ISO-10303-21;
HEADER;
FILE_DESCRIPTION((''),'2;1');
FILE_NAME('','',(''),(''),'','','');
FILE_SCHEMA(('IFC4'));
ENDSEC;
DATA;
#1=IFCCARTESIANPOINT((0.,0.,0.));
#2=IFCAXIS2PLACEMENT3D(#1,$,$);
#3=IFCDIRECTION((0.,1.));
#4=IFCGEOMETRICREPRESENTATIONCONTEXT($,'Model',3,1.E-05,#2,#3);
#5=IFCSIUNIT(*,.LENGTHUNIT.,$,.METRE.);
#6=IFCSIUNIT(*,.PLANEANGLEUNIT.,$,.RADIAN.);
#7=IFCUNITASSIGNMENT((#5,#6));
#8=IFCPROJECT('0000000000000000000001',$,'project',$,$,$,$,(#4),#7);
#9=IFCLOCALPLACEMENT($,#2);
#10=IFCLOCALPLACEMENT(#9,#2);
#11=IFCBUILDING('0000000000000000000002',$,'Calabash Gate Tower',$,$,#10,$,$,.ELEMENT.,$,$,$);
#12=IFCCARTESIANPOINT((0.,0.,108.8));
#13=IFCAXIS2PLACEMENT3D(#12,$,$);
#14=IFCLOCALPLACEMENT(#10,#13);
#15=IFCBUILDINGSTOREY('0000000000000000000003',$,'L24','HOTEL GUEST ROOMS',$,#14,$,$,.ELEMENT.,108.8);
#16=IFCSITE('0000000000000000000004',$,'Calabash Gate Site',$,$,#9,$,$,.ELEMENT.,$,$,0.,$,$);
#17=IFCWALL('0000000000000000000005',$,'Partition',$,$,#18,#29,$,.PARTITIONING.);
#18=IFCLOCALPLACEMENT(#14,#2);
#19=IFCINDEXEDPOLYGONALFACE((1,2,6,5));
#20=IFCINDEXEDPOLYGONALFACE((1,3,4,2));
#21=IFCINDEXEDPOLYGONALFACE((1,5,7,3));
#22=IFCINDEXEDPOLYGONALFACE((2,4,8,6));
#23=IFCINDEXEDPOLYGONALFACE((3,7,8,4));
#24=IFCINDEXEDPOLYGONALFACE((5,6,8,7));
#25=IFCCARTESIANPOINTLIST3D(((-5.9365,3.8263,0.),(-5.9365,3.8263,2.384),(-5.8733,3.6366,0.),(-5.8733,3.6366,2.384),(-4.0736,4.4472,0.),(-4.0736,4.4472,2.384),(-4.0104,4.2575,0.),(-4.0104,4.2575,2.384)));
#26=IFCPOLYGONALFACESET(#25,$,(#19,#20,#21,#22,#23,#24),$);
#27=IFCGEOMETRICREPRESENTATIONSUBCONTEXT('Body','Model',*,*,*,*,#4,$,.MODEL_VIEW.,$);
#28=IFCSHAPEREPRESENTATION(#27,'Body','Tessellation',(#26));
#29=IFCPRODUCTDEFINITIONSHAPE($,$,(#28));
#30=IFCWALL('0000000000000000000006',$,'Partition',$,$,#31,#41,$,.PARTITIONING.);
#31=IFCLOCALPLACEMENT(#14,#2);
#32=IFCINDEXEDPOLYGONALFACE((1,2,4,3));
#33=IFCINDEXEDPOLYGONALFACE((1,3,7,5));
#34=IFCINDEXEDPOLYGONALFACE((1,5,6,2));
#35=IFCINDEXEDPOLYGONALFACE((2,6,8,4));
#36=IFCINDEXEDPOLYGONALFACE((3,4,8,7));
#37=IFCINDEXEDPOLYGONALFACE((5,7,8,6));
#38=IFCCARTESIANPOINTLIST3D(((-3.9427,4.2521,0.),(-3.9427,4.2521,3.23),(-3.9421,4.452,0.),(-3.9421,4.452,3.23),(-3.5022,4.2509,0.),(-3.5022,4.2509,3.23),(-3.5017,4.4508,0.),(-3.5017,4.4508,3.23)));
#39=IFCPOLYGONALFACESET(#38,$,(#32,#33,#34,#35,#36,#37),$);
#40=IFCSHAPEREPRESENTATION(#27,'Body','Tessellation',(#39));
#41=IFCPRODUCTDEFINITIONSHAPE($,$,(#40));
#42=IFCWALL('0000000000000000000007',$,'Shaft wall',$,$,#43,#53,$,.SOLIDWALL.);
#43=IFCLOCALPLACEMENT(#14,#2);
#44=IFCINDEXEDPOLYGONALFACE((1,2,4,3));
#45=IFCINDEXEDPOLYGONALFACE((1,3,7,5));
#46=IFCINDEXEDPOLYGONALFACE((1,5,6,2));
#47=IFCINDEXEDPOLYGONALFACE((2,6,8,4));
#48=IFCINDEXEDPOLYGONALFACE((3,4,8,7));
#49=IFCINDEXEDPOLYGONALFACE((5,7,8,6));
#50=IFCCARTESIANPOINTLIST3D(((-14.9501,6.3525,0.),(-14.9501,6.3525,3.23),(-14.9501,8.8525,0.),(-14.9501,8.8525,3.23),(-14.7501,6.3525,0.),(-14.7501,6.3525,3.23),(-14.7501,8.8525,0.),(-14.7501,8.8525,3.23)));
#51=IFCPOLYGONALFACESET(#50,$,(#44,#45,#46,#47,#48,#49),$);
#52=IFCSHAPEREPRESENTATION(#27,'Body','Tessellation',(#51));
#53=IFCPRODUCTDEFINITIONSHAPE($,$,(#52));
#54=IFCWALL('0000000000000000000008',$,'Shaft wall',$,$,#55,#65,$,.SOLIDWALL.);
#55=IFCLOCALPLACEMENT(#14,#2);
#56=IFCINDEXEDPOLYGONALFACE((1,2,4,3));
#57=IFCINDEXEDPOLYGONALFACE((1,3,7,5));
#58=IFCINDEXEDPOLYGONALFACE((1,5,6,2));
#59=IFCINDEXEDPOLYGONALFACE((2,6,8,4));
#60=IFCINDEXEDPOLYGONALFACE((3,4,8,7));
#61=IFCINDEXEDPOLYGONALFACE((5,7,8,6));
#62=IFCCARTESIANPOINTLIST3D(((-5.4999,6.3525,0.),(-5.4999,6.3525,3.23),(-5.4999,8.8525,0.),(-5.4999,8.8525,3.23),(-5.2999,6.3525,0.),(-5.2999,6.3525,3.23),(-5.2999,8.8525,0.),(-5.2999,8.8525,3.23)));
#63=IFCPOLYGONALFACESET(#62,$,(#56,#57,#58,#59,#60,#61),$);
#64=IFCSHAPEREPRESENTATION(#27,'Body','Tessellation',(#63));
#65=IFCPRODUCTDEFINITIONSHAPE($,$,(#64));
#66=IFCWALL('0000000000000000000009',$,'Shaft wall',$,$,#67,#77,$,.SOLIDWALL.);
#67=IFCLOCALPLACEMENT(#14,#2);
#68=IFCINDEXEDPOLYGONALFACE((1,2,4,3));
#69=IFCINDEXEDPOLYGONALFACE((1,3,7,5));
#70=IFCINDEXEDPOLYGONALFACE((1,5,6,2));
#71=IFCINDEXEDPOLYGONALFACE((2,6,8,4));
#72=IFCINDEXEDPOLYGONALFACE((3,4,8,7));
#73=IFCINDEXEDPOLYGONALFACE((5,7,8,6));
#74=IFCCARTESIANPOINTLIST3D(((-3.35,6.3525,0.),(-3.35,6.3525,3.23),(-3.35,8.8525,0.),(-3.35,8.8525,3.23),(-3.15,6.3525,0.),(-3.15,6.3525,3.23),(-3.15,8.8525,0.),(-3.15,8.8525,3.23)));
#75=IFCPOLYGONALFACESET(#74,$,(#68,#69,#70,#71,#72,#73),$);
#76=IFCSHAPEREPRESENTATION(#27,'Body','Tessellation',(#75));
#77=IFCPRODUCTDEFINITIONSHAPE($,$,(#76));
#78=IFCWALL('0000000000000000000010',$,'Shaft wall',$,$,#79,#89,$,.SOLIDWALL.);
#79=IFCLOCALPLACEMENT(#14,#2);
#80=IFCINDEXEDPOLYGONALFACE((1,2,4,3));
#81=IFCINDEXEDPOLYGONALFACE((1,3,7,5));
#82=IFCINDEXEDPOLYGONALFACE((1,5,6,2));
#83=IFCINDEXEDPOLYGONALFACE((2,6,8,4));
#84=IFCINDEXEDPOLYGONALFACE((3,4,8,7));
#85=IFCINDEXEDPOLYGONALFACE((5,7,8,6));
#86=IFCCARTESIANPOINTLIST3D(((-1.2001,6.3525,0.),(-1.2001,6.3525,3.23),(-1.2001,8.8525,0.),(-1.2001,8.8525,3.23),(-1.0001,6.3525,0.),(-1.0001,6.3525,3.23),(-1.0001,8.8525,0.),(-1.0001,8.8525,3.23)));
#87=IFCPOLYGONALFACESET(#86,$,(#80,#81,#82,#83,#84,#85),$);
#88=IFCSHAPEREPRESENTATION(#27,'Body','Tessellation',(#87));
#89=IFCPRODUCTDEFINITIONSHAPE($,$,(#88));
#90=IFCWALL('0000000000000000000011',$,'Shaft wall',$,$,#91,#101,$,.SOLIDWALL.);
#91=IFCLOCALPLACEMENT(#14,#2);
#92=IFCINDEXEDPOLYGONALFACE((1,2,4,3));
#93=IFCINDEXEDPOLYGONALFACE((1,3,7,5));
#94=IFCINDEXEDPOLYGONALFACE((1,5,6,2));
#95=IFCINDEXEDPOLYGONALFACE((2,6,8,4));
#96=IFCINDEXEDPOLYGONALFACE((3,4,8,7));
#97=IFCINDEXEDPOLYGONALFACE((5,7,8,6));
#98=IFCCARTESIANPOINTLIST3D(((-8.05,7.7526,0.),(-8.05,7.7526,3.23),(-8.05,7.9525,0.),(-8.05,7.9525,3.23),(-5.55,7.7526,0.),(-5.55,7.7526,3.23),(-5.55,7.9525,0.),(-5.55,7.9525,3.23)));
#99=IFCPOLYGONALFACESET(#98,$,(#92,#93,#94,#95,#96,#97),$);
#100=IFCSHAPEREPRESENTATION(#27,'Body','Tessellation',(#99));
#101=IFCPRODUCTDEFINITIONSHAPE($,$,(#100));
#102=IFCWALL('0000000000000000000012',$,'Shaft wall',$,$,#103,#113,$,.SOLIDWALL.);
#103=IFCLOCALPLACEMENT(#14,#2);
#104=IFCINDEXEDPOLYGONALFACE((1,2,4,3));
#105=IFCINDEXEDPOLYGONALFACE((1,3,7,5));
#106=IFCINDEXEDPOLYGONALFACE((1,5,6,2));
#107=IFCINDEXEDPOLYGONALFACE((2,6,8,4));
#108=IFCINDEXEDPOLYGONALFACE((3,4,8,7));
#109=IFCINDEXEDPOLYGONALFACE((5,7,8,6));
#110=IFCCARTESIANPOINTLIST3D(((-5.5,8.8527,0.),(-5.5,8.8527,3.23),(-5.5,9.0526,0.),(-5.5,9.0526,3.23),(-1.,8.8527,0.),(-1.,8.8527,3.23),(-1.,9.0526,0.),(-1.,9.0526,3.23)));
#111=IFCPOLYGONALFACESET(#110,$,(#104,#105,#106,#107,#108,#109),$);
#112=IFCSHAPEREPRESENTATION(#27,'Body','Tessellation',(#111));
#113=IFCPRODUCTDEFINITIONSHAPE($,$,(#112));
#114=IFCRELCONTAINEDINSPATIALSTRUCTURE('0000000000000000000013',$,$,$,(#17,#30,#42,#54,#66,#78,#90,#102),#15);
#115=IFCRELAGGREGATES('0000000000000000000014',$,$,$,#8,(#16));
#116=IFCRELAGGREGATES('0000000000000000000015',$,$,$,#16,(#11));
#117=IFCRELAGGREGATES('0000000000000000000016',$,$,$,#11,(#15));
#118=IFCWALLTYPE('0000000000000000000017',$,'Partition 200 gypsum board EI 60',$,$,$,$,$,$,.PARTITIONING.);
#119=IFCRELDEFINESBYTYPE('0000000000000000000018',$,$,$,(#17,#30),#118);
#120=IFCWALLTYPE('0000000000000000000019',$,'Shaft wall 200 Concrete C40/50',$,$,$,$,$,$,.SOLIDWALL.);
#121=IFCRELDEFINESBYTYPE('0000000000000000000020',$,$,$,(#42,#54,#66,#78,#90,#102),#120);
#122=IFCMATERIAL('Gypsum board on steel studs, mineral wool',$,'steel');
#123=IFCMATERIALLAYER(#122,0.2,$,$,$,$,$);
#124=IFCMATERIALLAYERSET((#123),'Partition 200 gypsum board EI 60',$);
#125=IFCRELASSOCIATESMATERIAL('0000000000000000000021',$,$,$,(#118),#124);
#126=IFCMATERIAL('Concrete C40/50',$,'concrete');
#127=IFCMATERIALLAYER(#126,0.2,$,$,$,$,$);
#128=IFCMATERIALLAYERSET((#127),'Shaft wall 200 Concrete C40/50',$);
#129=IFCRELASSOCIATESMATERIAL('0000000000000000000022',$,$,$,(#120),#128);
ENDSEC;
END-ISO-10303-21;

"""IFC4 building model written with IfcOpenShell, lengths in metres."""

from ifc_helpers import new_model, si_unit, direction, frame, frame_2d, origin, place, context, subcontext, project, spatial, rectangle, extrude, material, layer, layer_set, type_object, element, save


model = new_model("IFC4")

# Units and contexts
model_context = context("Model", 3, precision=1e-05, world=origin(), true_north=direction((0.0, 1.0)))
body_context = subcontext(model_context, "Body", "Model", "MODEL_VIEW")
ifc_project = project(units=[si_unit("LENGTHUNIT", "METRE"), si_unit("PLANEANGLEUNIT", "RADIAN")], contexts=[model_context])

# Site, building, storey
site_placement = place(None, origin())
site = spatial("IfcSite", under=ifc_project, at=site_placement, Name="Calabash Gate Site", CompositionType="ELEMENT", RefElevation=0.0)
building_placement = place(site_placement, origin())
building = spatial("IfcBuilding", under=site, at=building_placement, Name="Calabash Gate Tower", CompositionType="ELEMENT")
storey_placement = place(building_placement, frame((0.0, 0.0, 108.8)))
storey = spatial("IfcBuildingStorey", under=building, at=storey_placement, Name="L24", Description="HOTEL GUEST ROOMS", CompositionType="ELEMENT", Elevation=108.8)

# Shared definitions
ifc_material_1 = material(Name="Gypsum board on steel studs, mineral wool", Category="steel")
ifc_layer_1 = layer(ifc_material_1, 0.2)
ifc_layer_set_1 = layer_set([ifc_layer_1], Name="Partition 200 gypsum board EI 60")
wall_type_1 = type_object("IfcWallType", Name="Partition 200 gypsum board EI 60", PredefinedType="PARTITIONING", material=ifc_layer_set_1)

# Walls
wall_1_placement = place(storey_placement, frame((-5.905, 3.7314, 0.0), z_axis=(0.0, 0.0, 1.0), x_axis=(0.948696, 0.31619, 0.0)))
element("IfcWall", 1, at=wall_1_placement, inside=storey, type_object=wall_type_1, Name="Partition", PredefinedType="PARTITIONING", context=body_context, shape_type="SweptSolid", body=[
    extrude(rectangle(XDim=1.9636, YDim=0.2, at=frame_2d((0.9819, 0.0))), origin(), (0.0, 0.0, 1.0), 2.384),
])
wall_2_placement = place(storey_placement, frame((-3.9424, 4.3521, 0.0), z_axis=(0.0, 0.0, 1.0), x_axis=(0.999996, -0.002772, 0.0)))
element("IfcWall", 2, at=wall_2_placement, inside=storey, type_object=wall_type_1, Name="Partition", PredefinedType="PARTITIONING", context=body_context, shape_type="SweptSolid", body=[
    extrude(rectangle(XDim=0.4404, YDim=0.2, at=frame_2d((0.2202, 0.0))), origin(), (0.0, 0.0, 1.0), 3.23),
])
ifc_material_2 = material(Name="Concrete C40/50", Category="concrete")
ifc_layer_2 = layer(ifc_material_2, 0.2)
ifc_layer_set_2 = layer_set([ifc_layer_2], Name="Shaft wall 200 Concrete C40/50")
wall_type_2 = type_object("IfcWallType", Name="Shaft wall 200 Concrete C40/50", PredefinedType="SOLIDWALL", material=ifc_layer_set_2)
for number, where, z_axis, x_axis, name in (
    (3, (-14.8501, 6.3525, 0.0), (0.0, 0.0, 1.0), (0.0, 1.0, 0.0), "Shaft wall"),
    (4, (-5.3999, 6.3525, 0.0), (0.0, 0.0, 1.0), (0.0, 1.0, 0.0), "Shaft wall"),
    (5, (-3.25, 6.3525, 0.0), (0.0, 0.0, 1.0), (0.0, 1.0, 0.0), "Shaft wall"),
    (6, (-1.1001, 6.3525, 0.0), (0.0, 0.0, 1.0), (0.0, 1.0, 0.0), "Shaft wall"),
    (7, (-8.05, 7.8525, 0.0), (0.0, 0.0, 1.0), (1.0, 0.0, 0.0), "Shaft wall"),
):
    element("IfcWall", number, at=place(storey_placement, frame(where, z_axis=z_axis, x_axis=x_axis)), inside=storey, type_object=wall_type_2, Name=name, PredefinedType="SOLIDWALL", context=body_context, shape_type="SweptSolid", body=[
        extrude(rectangle(XDim=2.5, YDim=0.2, at=frame_2d((1.25, 0.0))), origin(), (0.0, 0.0, 1.0), 3.23),
    ])
wall_3_placement = place(storey_placement, frame((-5.5, 8.9526, 0.0), z_axis=(0.0, 0.0, 1.0), x_axis=(1.0, 0.0, 0.0)))
element("IfcWall", 8, at=wall_3_placement, inside=storey, type_object=wall_type_2, Name="Shaft wall", PredefinedType="SOLIDWALL", context=body_context, shape_type="SweptSolid", body=[
    extrude(rectangle(XDim=4.5, YDim=0.2, at=frame_2d((2.25, 0.0))), origin(), (0.0, 0.0, 1.0), 3.23),
])

save(model, "model.ifc")
